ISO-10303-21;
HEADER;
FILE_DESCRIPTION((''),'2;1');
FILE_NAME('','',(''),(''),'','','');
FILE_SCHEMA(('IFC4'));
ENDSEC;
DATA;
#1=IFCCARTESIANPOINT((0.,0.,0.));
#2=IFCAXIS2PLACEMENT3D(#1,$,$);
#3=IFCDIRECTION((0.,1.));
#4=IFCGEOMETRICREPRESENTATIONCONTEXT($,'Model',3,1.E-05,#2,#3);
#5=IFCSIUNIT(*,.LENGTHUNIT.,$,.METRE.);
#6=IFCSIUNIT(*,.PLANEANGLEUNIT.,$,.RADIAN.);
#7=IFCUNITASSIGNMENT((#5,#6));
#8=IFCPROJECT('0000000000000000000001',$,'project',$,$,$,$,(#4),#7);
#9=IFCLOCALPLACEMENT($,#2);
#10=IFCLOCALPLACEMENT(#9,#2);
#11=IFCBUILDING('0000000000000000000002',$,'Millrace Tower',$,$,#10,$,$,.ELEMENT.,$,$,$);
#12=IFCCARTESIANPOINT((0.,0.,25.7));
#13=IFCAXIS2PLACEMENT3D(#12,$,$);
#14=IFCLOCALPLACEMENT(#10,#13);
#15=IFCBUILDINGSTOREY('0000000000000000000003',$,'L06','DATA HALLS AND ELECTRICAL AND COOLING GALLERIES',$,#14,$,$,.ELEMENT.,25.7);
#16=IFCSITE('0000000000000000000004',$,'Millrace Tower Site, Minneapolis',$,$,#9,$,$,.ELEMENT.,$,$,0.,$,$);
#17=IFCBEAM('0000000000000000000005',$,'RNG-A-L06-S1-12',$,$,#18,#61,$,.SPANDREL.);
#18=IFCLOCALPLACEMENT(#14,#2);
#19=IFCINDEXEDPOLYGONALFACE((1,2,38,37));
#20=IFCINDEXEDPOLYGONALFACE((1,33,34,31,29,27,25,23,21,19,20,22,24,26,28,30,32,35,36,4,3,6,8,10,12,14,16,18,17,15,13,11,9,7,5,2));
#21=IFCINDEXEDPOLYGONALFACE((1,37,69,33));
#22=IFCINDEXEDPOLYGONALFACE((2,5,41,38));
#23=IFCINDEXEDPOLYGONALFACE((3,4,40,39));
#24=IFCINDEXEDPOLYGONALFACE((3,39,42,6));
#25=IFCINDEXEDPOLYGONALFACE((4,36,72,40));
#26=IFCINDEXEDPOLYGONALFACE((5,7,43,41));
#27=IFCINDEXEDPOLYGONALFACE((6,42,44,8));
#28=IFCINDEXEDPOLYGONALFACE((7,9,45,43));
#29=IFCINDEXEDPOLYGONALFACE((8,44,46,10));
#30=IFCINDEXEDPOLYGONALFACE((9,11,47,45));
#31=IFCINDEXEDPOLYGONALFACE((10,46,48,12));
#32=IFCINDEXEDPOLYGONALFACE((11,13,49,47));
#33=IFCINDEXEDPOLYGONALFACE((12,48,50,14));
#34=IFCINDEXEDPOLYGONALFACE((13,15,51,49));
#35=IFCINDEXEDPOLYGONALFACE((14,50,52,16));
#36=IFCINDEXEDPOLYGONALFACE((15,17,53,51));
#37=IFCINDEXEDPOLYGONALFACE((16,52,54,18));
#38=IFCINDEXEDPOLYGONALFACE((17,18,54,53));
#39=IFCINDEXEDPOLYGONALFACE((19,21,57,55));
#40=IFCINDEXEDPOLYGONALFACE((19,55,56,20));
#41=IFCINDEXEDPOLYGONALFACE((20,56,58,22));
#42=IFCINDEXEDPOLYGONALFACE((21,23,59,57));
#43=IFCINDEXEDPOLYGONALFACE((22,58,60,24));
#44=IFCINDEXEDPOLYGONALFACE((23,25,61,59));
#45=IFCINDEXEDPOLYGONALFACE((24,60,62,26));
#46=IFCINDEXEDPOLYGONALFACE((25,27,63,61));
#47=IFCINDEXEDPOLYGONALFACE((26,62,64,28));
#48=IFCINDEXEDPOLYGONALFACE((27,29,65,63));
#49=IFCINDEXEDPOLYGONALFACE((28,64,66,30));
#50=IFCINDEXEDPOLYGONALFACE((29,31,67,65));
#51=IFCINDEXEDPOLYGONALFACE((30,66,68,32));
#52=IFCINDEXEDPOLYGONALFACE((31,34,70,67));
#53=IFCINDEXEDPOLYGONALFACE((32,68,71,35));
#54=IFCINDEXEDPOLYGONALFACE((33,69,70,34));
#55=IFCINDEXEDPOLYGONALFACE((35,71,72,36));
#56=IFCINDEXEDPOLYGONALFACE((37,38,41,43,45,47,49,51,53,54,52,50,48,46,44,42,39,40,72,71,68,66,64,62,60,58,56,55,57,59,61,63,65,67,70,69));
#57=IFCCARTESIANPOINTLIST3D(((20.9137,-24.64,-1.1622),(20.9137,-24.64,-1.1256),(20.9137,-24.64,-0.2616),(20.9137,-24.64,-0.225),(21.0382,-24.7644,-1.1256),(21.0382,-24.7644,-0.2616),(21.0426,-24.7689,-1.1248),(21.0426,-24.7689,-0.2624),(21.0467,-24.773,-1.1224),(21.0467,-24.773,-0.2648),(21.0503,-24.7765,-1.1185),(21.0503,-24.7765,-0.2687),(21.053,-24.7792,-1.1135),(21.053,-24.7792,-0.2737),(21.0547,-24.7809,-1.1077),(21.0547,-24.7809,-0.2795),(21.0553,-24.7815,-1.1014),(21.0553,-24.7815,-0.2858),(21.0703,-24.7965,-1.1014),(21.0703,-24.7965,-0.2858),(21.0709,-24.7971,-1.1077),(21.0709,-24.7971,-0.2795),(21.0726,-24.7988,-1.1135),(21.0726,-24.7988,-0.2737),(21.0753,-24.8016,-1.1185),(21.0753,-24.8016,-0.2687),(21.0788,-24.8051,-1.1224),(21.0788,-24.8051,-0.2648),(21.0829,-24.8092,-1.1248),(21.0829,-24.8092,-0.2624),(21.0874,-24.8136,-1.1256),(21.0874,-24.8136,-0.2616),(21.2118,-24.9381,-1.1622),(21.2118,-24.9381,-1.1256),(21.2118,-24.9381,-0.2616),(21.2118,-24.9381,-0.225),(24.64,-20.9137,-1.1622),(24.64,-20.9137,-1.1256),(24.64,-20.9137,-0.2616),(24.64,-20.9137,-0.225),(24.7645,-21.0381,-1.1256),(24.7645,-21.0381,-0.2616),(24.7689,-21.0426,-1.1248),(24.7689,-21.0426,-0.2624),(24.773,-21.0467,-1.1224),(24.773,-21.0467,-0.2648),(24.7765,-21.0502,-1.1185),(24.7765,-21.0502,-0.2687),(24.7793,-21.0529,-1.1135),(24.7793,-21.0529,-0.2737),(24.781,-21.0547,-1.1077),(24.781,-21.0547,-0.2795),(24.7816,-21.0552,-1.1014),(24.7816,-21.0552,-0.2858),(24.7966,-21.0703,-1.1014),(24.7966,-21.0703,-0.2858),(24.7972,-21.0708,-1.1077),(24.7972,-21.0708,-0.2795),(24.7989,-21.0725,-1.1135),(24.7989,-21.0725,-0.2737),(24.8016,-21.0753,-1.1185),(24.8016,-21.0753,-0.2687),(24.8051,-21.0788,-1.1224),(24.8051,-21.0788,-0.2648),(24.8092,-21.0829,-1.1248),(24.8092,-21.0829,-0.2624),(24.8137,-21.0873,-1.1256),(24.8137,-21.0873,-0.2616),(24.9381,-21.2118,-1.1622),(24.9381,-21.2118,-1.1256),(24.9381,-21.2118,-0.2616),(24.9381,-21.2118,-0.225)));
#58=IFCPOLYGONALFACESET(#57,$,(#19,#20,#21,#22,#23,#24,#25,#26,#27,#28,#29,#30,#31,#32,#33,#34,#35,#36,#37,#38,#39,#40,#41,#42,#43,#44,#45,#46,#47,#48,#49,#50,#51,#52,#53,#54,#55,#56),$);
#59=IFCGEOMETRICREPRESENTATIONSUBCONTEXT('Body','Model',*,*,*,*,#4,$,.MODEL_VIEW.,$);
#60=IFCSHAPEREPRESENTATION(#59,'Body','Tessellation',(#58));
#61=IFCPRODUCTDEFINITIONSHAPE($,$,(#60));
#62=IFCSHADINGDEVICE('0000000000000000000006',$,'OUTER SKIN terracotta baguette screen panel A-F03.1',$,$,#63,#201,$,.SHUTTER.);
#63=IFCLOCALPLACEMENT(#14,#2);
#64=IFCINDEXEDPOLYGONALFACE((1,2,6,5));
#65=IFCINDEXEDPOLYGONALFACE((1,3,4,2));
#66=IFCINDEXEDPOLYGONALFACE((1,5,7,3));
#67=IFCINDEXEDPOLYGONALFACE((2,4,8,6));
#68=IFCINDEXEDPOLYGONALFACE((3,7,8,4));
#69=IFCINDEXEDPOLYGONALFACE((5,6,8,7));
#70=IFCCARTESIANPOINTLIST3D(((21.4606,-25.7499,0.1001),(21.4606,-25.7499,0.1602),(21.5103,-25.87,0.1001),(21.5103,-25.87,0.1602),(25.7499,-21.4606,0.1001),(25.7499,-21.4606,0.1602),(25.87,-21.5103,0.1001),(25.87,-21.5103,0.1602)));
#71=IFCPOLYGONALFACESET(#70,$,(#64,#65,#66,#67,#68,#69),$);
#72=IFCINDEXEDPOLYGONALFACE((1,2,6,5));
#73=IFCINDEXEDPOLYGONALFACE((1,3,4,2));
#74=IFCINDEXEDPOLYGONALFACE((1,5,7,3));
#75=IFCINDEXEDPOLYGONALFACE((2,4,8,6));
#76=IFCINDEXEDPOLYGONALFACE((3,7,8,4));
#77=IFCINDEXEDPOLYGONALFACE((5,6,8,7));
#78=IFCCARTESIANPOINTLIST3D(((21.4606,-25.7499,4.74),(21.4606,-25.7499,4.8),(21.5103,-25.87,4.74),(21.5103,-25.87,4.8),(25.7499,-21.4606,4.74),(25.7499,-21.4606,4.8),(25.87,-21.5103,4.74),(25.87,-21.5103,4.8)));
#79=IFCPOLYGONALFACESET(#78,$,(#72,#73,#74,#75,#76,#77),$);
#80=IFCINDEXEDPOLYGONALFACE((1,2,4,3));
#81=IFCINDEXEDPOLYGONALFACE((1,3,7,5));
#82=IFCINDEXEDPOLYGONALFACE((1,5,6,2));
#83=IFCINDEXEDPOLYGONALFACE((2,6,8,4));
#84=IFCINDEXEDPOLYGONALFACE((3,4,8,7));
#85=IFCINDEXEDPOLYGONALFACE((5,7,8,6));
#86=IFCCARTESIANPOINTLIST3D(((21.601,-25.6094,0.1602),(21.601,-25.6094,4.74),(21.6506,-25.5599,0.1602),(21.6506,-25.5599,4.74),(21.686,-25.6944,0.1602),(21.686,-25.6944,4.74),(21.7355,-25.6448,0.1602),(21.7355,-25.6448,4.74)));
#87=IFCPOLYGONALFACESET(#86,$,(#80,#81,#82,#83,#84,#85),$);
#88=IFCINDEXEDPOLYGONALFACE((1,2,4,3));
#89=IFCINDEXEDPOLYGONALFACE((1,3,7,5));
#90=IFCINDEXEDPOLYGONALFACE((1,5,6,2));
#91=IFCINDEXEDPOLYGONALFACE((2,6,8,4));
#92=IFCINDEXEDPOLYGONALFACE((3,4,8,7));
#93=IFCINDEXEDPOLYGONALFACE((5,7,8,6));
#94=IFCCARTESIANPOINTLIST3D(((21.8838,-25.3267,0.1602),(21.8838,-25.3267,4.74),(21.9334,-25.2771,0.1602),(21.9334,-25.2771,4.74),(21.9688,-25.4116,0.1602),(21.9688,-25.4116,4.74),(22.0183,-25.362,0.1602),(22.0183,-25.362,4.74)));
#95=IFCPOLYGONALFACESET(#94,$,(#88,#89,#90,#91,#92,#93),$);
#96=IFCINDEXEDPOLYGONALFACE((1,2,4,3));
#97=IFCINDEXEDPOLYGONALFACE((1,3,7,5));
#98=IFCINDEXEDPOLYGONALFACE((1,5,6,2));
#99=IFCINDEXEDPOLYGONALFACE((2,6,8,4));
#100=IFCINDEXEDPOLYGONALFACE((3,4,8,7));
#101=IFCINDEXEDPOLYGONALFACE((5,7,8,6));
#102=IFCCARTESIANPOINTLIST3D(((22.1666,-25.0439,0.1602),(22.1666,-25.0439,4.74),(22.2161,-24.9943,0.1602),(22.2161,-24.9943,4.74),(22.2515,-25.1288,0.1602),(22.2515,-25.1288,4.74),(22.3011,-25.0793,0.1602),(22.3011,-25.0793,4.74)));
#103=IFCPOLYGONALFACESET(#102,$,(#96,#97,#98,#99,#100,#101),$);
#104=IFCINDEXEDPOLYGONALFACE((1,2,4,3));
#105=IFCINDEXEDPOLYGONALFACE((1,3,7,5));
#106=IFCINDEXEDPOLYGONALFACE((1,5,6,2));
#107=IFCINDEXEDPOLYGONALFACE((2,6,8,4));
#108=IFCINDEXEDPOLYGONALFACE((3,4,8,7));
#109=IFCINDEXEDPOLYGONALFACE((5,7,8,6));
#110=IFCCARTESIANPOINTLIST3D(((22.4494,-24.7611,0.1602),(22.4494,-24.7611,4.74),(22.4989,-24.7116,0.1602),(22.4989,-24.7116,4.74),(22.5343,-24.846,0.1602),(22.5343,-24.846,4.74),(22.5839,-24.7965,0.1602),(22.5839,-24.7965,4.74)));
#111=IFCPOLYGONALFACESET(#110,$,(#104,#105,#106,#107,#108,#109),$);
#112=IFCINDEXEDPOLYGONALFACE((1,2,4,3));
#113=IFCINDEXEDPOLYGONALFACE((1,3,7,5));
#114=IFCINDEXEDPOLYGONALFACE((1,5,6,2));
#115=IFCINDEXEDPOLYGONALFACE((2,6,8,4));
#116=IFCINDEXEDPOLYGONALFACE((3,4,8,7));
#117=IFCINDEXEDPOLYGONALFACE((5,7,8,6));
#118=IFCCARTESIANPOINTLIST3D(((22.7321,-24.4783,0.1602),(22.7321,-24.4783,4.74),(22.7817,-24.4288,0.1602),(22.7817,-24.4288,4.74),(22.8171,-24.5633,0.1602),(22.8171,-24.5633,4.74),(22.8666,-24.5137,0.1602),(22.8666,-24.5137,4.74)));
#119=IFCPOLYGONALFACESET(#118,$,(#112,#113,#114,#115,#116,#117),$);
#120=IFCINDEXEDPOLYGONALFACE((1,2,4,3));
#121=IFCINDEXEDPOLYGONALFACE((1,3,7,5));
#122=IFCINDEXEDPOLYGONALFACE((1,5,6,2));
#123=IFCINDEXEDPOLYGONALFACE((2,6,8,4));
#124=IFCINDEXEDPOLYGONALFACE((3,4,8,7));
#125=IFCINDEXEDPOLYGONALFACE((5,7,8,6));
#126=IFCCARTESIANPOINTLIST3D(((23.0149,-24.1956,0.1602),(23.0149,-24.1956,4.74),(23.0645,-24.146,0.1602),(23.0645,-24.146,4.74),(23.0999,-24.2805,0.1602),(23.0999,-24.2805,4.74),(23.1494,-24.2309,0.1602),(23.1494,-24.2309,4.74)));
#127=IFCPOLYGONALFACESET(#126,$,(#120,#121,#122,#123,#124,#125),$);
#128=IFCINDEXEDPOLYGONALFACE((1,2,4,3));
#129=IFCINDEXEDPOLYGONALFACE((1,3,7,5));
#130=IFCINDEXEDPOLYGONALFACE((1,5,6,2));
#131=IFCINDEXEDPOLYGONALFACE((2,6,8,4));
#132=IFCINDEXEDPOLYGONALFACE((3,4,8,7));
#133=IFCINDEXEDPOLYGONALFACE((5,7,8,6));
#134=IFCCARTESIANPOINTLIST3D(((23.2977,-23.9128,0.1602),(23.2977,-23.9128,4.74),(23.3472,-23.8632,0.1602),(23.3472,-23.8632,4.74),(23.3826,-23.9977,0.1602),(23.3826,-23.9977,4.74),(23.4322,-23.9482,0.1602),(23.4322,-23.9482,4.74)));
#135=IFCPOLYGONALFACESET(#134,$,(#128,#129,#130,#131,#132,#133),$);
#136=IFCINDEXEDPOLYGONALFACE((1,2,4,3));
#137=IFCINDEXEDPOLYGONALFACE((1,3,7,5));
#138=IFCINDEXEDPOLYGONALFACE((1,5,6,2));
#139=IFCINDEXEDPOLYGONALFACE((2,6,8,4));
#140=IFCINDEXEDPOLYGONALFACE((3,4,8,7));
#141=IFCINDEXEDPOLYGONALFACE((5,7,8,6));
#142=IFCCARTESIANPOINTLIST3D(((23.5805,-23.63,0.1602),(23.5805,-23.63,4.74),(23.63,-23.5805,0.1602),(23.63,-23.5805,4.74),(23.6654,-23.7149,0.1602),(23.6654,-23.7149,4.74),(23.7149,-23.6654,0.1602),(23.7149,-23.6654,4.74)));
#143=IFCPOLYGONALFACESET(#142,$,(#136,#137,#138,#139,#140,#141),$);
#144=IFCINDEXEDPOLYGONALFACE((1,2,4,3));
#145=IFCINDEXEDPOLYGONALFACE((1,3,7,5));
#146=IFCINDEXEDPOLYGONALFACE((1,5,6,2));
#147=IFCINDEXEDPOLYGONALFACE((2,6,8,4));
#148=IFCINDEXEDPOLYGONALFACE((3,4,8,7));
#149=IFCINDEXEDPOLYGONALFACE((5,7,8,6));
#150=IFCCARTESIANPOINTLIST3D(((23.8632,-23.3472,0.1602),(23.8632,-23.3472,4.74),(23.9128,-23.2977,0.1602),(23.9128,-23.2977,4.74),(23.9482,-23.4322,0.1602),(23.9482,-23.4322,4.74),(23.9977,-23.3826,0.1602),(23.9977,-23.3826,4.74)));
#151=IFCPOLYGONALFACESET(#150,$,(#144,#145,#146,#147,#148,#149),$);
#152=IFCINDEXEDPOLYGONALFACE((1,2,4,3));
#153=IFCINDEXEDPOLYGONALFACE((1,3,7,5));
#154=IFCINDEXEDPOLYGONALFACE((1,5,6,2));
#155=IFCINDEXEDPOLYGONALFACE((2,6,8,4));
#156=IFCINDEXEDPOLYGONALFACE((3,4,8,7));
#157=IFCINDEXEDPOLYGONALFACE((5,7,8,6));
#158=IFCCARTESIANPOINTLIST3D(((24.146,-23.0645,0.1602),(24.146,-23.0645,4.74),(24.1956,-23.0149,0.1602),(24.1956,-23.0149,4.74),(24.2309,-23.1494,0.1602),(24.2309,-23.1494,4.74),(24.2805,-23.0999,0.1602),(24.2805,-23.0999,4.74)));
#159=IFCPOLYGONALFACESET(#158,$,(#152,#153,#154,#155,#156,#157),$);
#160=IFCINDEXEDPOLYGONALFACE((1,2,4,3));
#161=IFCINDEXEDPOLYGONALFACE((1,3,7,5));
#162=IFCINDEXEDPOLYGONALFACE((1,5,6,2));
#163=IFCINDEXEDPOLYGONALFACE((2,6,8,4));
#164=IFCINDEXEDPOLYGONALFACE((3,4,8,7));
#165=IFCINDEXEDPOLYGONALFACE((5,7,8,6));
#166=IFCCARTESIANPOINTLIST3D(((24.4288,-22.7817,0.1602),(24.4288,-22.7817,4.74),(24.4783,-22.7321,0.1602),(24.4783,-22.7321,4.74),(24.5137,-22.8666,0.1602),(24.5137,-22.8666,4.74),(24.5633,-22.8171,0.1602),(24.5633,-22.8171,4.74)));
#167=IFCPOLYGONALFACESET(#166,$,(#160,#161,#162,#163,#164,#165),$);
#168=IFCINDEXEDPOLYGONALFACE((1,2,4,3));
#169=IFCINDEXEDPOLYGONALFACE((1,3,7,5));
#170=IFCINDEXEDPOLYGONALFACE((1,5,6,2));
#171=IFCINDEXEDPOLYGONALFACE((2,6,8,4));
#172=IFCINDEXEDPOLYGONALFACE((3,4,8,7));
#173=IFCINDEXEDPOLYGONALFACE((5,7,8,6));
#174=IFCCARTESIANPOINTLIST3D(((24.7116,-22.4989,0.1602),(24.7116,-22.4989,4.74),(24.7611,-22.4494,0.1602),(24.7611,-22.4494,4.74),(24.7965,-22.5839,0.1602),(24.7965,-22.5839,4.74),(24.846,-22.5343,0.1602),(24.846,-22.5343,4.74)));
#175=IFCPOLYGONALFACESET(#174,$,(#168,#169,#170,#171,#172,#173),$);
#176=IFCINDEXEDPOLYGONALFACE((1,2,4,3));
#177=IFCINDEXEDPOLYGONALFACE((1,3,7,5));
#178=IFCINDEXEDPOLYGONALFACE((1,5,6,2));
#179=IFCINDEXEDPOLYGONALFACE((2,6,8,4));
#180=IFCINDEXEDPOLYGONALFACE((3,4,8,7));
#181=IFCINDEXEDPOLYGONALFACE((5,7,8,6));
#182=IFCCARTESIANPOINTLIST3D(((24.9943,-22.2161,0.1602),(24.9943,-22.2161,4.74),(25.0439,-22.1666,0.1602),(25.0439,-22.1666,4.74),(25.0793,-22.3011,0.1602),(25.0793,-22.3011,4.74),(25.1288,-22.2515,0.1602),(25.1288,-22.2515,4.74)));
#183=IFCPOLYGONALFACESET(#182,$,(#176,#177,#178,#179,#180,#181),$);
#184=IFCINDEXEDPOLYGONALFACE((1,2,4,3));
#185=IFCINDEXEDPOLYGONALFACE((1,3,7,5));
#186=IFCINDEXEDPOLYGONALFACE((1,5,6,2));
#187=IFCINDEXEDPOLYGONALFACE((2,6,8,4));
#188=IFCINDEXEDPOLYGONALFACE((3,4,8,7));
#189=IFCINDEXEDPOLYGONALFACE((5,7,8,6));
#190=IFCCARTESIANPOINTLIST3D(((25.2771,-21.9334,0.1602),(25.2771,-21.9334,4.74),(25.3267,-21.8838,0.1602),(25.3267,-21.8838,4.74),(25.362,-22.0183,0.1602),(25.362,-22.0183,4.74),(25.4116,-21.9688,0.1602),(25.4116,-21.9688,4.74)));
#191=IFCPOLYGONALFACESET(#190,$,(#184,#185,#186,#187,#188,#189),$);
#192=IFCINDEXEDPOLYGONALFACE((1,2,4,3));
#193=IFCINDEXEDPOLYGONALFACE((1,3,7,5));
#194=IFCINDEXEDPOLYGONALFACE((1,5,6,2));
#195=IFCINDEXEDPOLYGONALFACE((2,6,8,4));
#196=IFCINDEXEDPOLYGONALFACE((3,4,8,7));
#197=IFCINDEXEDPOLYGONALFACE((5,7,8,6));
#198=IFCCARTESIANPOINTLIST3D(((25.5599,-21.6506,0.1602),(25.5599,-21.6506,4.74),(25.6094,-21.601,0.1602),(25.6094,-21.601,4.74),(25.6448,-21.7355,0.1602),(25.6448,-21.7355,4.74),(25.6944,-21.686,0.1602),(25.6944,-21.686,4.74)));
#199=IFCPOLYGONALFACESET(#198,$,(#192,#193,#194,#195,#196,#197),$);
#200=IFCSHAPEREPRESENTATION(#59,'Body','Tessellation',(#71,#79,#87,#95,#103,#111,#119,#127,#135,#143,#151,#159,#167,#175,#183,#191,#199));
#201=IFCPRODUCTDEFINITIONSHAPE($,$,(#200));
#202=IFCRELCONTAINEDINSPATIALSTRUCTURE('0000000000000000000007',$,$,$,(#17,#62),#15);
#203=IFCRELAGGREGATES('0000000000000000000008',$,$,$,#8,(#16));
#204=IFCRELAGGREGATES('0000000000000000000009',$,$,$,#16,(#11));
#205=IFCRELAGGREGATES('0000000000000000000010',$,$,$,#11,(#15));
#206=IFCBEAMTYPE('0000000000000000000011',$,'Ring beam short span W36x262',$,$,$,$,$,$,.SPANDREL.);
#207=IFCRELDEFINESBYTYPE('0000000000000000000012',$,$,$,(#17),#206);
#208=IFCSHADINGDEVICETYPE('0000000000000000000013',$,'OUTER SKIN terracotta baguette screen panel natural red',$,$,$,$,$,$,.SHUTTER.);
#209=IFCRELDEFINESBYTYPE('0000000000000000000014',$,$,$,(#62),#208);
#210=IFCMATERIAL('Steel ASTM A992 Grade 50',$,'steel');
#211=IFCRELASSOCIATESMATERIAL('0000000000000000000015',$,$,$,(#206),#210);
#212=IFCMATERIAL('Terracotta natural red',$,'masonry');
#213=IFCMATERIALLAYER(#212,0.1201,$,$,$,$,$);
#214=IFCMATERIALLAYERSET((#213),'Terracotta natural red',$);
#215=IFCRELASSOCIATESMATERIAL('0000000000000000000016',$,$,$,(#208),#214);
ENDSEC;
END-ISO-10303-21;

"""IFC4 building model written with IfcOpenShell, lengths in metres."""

from ifc_helpers import new_model, entity, si_unit, direction, frame, frame_2d, origin, origin_2d, place, context, subcontext, project, spatial, rectangle, i_section, extrude, source, transform, mapped, material, layer, layer_set, material_profile, profile_set, type_object, element, save


model = new_model("IFC4")

# Units and contexts
model_context = context("Model", 3, precision=1e-05, world=origin(), true_north=direction((0.0, 1.0)))
body_context = subcontext(model_context, "Body", "Model", "MODEL_VIEW")
ifc_project = project(units=[si_unit("LENGTHUNIT", "METRE"), si_unit("PLANEANGLEUNIT", "RADIAN")], contexts=[model_context])

# Site, building, storey
site_placement = place(None, origin())
site = spatial("IfcSite", under=ifc_project, at=site_placement, Name="Millrace Tower Site, Minneapolis", CompositionType="ELEMENT", RefElevation=0.0)
building_placement = place(site_placement, origin())
building = spatial("IfcBuilding", under=site, at=building_placement, Name="Millrace Tower", CompositionType="ELEMENT")
storey_placement = place(building_placement, frame((0.0, 0.0, 25.7)))
storey = spatial("IfcBuildingStorey", under=building, at=storey_placement, Name="L06", Description="DATA HALLS AND ELECTRICAL AND COOLING GALLERIES", CompositionType="ELEMENT", Elevation=25.7)

# Beam
ifc_material_1 = material(Name="Steel ASTM A992 Grade 50", Category="steel")
ifc_material_profile_1 = material_profile(ifc_material_1, i_section(OverallWidth=0.4216, OverallDepth=0.9373, WebThickness=0.0212, FlangeThickness=0.0366, FilletRadius=0.0242, at=origin_2d()))
ifc_profile_set_1 = profile_set([ifc_material_profile_1], Name="Steel ASTM A992 Grade 50")
beam_type_1 = type_object("IfcBeamType", Name="Ring beam short span W36x262", PredefinedType="SPANDREL", material=ifc_profile_set_1)
beam_1_placement = place(storey_placement, frame((24.7891, -21.0627, -0.6936), z_axis=(-0.707107, -0.707107, 0.0), x_axis=(0.707107, -0.707107, 0.0)))
element("IfcBeam", 1, at=beam_1_placement, inside=storey, type_object=beam_type_1, Name="RNG-A-L06-S1-12", PredefinedType="SPANDREL", context=body_context, shape_type="SweptSolid", body=[
    extrude(i_section(OverallWidth=0.4216, OverallDepth=0.9373, WebThickness=0.0212, FlangeThickness=0.0366, FilletRadius=0.0242, at=origin_2d()), origin(), (0.0, 0.0, 1.0), 5.2698),
])

# Shading device
ifc_material_2 = material(Name="Terracotta natural red", Category="masonry")
ifc_layer_1 = layer(ifc_material_2, 0.1201)
ifc_layer_set_1 = layer_set([ifc_layer_1], Name="Terracotta natural red")
shading_device_type_1 = type_object("IfcShadingDeviceType", Name="OUTER SKIN terracotta baguette screen panel natural red", PredefinedType="SHUTTER", material=ifc_layer_set_1)
cartesian_point_1 = entity("IfcCartesianPoint", [-3.033, 0.0601])
shared_polyline_1 = entity("IfcPolyline", [cartesian_point_1, entity("IfcCartesianPoint", [3.033, 0.0601]), entity("IfcCartesianPoint", [3.0828, -0.0601]), entity("IfcCartesianPoint", [-3.0828, -0.0601]), cartesian_point_1])
shared_shape_1 = source(origin(), body_context, "Body", "SweptSolid", [
    entity("IfcExtrudedAreaSolid", entity("IfcArbitraryClosedProfileDef", "AREA", None, shared_polyline_1), entity("IfcAxis2Placement3D", entity("IfcCartesianPoint", [0.0, 0.0, 0.0])), entity("IfcDirection", [0.0, 0.0, 1.0]), 0.0601),
    entity("IfcExtrudedAreaSolid", entity("IfcArbitraryClosedProfileDef", "AREA", None, shared_polyline_1), entity("IfcAxis2Placement3D", entity("IfcCartesianPoint", [0.0, 0.0, 4.6399])), entity("IfcDirection", [0.0, 0.0, 1.0]), 0.0601),
    extrude(rectangle(XDim=0.0701, YDim=0.1201, at=frame_2d((-2.7993, 0.0))), frame((0.0, 0.0, 0.0601)), (0.0, 0.0, 1.0), 4.5798),
    extrude(rectangle(XDim=0.0701, YDim=0.1201, at=frame_2d((-2.3994, 0.0))), frame((0.0, 0.0, 0.0601)), (0.0, 0.0, 1.0), 4.5798),
    extrude(rectangle(XDim=0.0701, YDim=0.1201, at=frame_2d((-1.9995, 0.0))), frame((0.0, 0.0, 0.0601)), (0.0, 0.0, 1.0), 4.5798),
    extrude(rectangle(XDim=0.0701, YDim=0.1201, at=frame_2d((-1.5996, 0.0))), frame((0.0, 0.0, 0.0601)), (0.0, 0.0, 1.0), 4.5798),
    extrude(rectangle(XDim=0.0701, YDim=0.1201, at=frame_2d((-1.1997, 0.0))), frame((0.0, 0.0, 0.0601)), (0.0, 0.0, 1.0), 4.5798),
    extrude(rectangle(XDim=0.0701, YDim=0.1201, at=frame_2d((-0.7998, 0.0))), frame((0.0, 0.0, 0.0601)), (0.0, 0.0, 1.0), 4.5798),
    extrude(rectangle(XDim=0.0701, YDim=0.1201, at=frame_2d((-0.3999, 0.0))), frame((0.0, 0.0, 0.0601)), (0.0, 0.0, 1.0), 4.5798),
    extrude(rectangle(XDim=0.0701, YDim=0.1201, at=origin_2d()), frame((0.0, 0.0, 0.0601)), (0.0, 0.0, 1.0), 4.5798),
    extrude(rectangle(XDim=0.0701, YDim=0.1201, at=frame_2d((0.3999, 0.0))), frame((0.0, 0.0, 0.0601)), (0.0, 0.0, 1.0), 4.5798),
    extrude(rectangle(XDim=0.0701, YDim=0.1201, at=frame_2d((0.7998, 0.0))), frame((0.0, 0.0, 0.0601)), (0.0, 0.0, 1.0), 4.5798),
    extrude(rectangle(XDim=0.0701, YDim=0.1201, at=frame_2d((1.1997, 0.0))), frame((0.0, 0.0, 0.0601)), (0.0, 0.0, 1.0), 4.5798),
    extrude(rectangle(XDim=0.0701, YDim=0.1201, at=frame_2d((1.5996, 0.0))), frame((0.0, 0.0, 0.0601)), (0.0, 0.0, 1.0), 4.5798),
    extrude(rectangle(XDim=0.0701, YDim=0.1201, at=frame_2d((1.9995, 0.0))), frame((0.0, 0.0, 0.0601)), (0.0, 0.0, 1.0), 4.5798),
    extrude(rectangle(XDim=0.0701, YDim=0.1201, at=frame_2d((2.3994, 0.0))), frame((0.0, 0.0, 0.0601)), (0.0, 0.0, 1.0), 4.5798),
    extrude(rectangle(XDim=0.0701, YDim=0.1201, at=frame_2d((2.7993, 0.0))), frame((0.0, 0.0, 0.0601)), (0.0, 0.0, 1.0), 4.5798),
])
shading_device_1_placement = place(storey_placement, frame((23.6477, -23.6477, 0.1001), z_axis=(0.0, 0.0, 1.0), x_axis=(0.707107, 0.707107, 0.0)))
element("IfcShadingDevice", 2, at=shading_device_1_placement, inside=storey, type_object=shading_device_type_1, Name="OUTER SKIN terracotta baguette screen panel A-F03.1", PredefinedType="SHUTTER", context=body_context, shape_type="MappedRepresentation", body=[
    mapped(shared_shape_1, transform((0.0, 0.0, 0.0), scale=1.0)),
])

save(model, "model.ifc")
